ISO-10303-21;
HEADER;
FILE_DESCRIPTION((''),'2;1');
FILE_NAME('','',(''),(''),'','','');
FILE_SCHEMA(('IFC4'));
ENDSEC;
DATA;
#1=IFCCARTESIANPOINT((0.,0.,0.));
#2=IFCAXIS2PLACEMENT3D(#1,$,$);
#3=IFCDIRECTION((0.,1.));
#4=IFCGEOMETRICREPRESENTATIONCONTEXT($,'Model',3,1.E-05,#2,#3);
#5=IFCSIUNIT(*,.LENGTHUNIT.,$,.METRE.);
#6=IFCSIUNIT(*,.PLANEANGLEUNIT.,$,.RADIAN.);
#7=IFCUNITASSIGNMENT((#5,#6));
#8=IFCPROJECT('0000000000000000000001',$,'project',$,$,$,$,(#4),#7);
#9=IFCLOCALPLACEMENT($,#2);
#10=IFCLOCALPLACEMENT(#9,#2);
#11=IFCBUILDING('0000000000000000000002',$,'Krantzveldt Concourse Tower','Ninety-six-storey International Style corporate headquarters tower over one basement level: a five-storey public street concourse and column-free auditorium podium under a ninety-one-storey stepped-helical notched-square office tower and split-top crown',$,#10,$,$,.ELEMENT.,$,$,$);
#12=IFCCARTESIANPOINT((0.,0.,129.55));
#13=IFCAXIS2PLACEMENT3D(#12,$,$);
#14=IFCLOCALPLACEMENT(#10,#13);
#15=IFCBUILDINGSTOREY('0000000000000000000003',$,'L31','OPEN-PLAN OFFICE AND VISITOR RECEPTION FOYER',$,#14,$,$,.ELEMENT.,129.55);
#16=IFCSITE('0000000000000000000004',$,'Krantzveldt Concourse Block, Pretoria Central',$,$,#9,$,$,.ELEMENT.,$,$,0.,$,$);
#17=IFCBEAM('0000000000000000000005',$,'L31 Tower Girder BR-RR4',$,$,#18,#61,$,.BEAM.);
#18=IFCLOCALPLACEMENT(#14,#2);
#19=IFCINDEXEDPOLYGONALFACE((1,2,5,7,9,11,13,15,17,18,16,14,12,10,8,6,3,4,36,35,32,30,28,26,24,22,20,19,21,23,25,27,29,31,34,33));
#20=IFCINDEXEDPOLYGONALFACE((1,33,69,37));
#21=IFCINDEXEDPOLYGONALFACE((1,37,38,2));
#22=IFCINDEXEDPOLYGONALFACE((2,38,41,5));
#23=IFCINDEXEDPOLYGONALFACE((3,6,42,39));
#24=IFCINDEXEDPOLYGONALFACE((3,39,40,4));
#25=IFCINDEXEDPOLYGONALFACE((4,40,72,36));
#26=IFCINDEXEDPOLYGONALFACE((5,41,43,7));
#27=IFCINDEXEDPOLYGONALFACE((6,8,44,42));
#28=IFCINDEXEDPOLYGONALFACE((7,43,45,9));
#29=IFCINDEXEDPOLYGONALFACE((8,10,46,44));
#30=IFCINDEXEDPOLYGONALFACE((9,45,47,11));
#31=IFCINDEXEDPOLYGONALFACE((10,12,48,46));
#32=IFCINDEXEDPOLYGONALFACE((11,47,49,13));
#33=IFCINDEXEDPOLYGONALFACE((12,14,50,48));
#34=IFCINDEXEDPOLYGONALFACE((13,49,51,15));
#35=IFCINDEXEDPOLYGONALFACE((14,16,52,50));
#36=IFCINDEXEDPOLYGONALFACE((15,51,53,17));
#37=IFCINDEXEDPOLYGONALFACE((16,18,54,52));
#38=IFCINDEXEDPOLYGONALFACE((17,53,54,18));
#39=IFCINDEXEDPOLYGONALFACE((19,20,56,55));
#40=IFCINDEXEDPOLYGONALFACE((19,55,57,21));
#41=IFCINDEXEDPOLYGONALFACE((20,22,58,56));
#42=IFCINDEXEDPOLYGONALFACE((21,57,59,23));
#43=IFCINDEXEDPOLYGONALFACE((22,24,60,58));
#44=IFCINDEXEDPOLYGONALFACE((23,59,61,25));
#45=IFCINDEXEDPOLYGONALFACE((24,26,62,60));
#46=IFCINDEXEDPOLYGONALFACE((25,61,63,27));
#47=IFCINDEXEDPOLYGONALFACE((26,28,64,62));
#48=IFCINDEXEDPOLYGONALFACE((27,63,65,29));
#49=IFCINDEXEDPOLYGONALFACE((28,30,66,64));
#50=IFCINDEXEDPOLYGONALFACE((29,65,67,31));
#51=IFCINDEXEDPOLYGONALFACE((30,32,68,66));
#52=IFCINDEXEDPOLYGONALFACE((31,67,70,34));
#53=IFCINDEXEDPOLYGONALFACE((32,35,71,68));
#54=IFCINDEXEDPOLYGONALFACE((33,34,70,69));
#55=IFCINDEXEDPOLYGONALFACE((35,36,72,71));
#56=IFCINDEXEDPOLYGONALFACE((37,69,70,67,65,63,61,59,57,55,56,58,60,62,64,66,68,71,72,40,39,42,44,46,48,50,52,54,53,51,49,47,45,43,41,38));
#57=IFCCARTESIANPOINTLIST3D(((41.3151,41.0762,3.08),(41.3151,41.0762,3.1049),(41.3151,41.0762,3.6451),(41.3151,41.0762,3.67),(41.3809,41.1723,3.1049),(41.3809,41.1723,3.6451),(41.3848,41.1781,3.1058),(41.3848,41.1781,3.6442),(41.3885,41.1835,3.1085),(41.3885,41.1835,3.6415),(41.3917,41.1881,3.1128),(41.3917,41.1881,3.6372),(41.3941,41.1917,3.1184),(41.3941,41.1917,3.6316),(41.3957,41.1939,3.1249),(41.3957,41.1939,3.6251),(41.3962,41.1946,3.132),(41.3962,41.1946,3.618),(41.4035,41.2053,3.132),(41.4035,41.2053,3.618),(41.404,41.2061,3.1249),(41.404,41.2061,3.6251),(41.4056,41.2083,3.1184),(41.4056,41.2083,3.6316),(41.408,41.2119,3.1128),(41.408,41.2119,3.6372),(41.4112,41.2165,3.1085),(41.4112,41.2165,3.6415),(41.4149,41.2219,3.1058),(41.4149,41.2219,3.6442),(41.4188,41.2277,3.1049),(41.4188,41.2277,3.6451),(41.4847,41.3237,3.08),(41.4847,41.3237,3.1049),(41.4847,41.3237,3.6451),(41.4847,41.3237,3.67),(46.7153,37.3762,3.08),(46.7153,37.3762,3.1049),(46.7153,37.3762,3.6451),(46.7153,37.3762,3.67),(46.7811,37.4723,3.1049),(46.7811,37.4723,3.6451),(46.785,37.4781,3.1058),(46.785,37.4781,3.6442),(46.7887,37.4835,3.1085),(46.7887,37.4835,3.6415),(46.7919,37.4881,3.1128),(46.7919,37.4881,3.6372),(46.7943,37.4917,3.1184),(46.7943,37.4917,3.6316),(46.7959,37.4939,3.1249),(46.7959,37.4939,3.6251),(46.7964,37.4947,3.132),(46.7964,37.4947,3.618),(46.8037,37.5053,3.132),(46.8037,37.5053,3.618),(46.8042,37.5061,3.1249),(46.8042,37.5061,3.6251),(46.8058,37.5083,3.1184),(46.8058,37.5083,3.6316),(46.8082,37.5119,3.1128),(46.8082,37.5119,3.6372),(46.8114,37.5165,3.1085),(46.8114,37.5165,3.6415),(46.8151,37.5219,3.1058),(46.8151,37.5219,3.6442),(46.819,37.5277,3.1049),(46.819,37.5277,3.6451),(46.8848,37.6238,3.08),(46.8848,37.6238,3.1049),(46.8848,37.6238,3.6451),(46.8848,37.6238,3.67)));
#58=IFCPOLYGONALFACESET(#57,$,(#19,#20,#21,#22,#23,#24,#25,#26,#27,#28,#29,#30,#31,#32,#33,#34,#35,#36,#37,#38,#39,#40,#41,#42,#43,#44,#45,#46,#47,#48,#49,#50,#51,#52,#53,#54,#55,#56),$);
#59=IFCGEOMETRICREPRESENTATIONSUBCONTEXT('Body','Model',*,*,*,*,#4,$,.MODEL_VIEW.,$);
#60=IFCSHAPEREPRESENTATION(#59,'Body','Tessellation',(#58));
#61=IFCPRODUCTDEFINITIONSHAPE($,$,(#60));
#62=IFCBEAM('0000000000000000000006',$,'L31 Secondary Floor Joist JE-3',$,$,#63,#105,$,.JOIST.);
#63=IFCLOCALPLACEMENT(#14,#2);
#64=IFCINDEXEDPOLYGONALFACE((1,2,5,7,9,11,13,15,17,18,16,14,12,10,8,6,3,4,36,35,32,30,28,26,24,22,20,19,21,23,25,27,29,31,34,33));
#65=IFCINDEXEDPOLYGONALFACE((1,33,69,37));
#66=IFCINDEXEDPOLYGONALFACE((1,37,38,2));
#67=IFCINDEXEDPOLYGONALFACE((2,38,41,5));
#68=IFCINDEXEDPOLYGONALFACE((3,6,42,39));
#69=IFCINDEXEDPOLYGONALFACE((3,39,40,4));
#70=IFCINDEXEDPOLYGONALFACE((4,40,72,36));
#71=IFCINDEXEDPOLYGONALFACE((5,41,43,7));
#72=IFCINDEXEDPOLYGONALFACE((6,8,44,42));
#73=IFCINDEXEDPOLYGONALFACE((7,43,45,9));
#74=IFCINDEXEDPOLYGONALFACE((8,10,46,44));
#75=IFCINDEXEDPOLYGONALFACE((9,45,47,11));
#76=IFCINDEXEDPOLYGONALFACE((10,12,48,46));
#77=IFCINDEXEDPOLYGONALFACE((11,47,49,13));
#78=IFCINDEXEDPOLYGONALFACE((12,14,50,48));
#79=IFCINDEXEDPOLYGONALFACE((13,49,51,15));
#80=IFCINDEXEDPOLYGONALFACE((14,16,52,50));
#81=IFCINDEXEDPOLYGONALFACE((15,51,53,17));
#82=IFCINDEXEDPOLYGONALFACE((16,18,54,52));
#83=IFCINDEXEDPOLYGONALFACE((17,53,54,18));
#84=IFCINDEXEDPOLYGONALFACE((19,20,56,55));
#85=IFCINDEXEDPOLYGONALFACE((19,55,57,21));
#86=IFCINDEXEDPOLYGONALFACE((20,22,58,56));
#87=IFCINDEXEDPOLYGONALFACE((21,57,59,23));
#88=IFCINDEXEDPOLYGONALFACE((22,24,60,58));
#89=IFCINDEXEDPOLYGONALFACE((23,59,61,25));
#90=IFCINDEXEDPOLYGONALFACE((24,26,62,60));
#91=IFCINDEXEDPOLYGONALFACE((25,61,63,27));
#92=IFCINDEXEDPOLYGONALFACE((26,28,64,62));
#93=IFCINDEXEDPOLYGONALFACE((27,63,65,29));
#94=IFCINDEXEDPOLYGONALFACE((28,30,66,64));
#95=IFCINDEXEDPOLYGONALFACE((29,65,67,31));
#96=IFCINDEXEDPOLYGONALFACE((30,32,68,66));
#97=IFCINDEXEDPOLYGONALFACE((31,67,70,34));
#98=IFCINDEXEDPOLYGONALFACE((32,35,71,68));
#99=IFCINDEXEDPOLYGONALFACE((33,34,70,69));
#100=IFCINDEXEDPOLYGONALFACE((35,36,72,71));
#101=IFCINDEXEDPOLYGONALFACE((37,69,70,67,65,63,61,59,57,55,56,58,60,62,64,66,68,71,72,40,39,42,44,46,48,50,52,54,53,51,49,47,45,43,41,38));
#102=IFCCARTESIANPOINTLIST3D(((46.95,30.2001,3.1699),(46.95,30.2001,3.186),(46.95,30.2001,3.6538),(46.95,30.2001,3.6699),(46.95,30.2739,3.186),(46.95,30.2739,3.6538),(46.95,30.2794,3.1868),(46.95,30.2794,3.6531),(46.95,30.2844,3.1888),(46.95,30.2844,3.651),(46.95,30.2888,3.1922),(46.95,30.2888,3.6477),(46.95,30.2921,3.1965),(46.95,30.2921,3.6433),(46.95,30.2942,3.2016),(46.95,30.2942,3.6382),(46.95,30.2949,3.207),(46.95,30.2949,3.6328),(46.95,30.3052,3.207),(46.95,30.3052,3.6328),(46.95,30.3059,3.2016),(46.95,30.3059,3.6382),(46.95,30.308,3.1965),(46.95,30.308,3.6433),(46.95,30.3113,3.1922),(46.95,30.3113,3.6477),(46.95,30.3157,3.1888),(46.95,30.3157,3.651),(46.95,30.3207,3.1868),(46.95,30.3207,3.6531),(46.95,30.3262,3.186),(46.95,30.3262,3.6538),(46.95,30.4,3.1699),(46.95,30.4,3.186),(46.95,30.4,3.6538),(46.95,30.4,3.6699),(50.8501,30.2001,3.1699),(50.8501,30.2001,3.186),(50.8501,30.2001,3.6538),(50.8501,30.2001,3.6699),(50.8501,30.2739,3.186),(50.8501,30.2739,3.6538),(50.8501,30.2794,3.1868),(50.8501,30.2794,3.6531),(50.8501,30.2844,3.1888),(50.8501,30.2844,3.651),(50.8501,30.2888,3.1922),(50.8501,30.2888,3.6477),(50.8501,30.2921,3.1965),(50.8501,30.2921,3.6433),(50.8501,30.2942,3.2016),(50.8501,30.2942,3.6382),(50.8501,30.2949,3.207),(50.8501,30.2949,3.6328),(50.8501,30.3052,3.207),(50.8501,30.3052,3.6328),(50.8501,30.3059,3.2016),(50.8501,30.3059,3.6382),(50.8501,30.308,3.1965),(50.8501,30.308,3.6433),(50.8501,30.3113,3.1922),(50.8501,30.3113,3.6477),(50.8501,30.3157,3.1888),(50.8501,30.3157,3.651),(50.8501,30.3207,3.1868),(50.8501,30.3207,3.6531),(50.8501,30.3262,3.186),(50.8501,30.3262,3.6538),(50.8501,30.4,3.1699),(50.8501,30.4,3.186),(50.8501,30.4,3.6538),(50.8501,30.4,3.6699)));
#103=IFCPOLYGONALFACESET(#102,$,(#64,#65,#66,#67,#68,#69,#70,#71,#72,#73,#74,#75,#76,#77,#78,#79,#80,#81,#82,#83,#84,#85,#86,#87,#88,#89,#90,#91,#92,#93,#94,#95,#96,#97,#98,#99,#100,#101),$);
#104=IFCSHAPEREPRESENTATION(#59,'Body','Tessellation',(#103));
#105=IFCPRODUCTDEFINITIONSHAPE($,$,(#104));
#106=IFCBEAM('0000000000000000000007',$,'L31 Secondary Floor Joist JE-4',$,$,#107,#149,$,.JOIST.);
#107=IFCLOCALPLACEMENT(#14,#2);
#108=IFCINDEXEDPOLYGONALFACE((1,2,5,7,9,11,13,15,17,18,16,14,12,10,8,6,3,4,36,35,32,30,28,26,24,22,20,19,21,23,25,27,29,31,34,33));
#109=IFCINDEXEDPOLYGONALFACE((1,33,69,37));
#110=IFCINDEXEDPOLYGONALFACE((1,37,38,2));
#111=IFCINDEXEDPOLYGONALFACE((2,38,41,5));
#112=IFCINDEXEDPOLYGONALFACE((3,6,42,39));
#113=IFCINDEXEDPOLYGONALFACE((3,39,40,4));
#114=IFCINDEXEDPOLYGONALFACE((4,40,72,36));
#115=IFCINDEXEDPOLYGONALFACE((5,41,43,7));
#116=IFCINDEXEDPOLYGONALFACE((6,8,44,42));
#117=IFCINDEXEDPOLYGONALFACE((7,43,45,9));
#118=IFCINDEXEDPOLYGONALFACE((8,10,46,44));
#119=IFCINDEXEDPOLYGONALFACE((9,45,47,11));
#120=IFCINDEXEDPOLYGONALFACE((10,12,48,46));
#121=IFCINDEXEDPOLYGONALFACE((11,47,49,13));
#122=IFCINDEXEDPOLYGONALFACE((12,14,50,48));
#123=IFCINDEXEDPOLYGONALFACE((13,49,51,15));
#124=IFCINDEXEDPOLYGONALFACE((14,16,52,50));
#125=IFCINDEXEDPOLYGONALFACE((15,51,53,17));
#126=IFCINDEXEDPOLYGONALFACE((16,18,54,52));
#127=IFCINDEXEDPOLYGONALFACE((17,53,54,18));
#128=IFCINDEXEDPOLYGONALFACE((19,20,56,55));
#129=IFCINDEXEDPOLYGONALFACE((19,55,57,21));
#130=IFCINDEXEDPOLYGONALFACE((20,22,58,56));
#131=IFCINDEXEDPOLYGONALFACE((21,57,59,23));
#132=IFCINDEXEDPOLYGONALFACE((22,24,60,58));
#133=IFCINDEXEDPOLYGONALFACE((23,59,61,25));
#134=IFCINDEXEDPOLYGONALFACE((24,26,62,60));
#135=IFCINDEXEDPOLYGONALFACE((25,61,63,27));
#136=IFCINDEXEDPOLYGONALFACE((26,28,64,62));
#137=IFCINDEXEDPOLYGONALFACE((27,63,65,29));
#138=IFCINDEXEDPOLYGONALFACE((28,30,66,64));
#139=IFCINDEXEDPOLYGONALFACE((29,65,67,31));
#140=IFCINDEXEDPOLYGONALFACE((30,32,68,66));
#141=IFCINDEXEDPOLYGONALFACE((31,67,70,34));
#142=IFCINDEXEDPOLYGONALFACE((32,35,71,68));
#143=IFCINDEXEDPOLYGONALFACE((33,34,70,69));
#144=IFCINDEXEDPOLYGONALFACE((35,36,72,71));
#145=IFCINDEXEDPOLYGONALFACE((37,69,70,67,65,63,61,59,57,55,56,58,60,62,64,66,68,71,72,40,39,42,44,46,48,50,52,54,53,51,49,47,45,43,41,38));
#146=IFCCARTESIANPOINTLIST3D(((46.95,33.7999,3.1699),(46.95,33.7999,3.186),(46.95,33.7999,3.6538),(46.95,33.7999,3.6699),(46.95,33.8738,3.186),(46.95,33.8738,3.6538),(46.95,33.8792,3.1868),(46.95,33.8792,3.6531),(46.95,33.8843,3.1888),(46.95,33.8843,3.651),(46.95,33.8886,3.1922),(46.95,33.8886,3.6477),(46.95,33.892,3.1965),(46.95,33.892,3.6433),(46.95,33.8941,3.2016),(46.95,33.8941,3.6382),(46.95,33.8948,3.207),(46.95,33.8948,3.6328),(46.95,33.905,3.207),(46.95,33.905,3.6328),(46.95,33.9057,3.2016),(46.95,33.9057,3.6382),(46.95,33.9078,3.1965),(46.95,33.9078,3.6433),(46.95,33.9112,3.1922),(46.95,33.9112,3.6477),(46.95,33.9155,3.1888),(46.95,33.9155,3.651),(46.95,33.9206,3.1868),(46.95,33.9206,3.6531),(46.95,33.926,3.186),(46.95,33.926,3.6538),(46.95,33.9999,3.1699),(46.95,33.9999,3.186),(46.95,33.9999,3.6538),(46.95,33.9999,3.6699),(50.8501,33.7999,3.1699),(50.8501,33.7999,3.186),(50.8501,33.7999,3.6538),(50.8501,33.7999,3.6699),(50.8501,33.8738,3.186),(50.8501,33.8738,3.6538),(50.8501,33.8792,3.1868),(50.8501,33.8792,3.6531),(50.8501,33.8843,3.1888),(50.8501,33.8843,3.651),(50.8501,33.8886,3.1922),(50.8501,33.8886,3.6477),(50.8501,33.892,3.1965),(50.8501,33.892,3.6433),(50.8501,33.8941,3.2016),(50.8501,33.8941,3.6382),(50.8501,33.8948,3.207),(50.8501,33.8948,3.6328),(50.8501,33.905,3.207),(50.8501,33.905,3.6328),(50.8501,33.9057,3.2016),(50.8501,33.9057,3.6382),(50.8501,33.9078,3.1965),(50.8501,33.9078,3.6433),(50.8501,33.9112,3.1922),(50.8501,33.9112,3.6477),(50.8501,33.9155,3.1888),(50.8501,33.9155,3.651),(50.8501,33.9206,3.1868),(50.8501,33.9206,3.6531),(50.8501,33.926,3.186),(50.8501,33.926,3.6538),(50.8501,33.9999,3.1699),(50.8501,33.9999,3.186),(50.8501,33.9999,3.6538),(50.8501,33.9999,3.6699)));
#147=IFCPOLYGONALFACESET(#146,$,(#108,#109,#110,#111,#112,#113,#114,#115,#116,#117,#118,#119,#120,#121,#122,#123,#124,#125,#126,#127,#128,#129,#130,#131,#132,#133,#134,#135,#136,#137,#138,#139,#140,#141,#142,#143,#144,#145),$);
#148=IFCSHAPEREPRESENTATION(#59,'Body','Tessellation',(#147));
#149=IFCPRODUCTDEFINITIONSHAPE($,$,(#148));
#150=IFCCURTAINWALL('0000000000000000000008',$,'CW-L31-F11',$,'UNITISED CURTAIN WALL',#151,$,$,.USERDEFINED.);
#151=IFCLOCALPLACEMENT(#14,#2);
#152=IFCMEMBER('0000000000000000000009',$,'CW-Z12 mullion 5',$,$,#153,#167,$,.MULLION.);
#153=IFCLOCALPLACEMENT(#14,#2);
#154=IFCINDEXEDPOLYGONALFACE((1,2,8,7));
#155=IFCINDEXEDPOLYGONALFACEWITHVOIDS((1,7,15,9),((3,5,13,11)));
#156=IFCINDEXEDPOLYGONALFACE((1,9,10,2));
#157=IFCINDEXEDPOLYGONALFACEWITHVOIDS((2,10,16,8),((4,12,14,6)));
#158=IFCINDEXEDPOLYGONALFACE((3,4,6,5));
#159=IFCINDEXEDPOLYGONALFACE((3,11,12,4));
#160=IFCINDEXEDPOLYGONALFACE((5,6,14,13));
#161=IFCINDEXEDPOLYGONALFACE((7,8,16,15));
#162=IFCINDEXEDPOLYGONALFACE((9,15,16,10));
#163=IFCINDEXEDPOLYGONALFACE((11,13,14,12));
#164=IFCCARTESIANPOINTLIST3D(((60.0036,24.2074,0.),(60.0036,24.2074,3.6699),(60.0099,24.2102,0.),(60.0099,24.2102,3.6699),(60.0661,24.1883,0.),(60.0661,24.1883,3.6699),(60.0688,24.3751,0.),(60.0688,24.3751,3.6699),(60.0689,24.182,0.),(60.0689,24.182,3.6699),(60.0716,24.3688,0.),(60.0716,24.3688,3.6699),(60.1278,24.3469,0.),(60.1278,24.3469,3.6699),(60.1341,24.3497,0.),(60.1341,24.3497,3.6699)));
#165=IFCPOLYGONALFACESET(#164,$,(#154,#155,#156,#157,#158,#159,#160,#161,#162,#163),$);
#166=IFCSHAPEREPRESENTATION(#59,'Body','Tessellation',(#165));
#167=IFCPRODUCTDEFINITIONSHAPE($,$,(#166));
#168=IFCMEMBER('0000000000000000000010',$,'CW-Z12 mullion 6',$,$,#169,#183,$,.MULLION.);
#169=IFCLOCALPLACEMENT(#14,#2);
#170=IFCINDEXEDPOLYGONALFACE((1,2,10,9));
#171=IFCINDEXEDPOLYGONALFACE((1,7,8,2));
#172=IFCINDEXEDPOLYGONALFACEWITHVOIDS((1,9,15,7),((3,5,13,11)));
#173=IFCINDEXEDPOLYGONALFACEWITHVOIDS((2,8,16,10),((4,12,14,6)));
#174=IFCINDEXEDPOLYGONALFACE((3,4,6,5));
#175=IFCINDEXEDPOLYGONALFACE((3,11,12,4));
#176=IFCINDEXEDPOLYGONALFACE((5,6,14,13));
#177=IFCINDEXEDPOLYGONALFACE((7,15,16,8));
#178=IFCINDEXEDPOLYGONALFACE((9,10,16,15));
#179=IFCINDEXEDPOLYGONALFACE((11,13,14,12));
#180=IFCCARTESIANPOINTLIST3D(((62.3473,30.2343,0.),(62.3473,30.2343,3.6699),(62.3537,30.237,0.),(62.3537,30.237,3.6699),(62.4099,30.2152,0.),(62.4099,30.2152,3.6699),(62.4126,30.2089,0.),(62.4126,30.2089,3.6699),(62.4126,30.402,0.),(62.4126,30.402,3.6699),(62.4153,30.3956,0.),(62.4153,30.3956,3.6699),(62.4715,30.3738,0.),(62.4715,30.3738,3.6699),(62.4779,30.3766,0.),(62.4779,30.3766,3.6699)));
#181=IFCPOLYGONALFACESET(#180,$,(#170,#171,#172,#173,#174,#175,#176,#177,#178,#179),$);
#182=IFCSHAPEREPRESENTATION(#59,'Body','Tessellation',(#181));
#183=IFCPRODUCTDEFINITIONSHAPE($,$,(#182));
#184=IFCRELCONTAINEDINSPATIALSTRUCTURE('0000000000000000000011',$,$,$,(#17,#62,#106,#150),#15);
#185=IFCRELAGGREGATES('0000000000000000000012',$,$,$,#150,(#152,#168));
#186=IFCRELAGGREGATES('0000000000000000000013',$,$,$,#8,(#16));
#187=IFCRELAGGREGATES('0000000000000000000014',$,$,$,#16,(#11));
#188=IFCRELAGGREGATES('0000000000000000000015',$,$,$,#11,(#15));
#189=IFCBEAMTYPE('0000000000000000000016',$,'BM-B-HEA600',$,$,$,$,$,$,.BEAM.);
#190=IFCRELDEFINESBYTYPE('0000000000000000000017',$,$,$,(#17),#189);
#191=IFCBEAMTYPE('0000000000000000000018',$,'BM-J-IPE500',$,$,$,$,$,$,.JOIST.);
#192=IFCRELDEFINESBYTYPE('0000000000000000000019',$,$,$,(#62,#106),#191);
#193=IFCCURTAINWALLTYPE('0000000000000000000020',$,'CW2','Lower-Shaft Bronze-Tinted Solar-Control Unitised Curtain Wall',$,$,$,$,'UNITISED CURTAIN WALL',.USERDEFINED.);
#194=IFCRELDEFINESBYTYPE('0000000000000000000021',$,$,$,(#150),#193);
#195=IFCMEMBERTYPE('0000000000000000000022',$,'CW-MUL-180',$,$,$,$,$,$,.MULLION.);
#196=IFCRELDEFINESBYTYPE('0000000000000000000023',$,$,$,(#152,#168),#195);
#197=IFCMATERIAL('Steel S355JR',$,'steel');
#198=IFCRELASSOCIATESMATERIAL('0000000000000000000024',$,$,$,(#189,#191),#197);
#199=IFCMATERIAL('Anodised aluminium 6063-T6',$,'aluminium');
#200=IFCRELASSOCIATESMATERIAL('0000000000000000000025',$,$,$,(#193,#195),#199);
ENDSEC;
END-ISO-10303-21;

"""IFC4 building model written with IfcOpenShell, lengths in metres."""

from ifc_helpers import new_model, si_unit, direction, frame, origin, origin_2d, place, context, subcontext, project, spatial, hollow_rectangle, i_section, extrude, source, transform, mapped, material, material_profile, profile_set, type_object, type_shapes, element, aggregate, save


model = new_model("IFC4")

# Units and contexts
model_context = context("Model", 3, precision=1e-05, world=origin(), true_north=direction((0.0, 1.0)))
body_context = subcontext(model_context, "Body", "Model", "MODEL_VIEW")
ifc_project = project(units=[si_unit("LENGTHUNIT", "METRE"), si_unit("PLANEANGLEUNIT", "RADIAN")], contexts=[model_context])

# Site, building, storey
site_placement = place(None, origin())
site = spatial("IfcSite", under=ifc_project, at=site_placement, Name="Krantzveldt Concourse Block, Pretoria Central", CompositionType="ELEMENT", RefElevation=0.0)
building_placement = place(site_placement, origin())
building = spatial("IfcBuilding", under=site, at=building_placement, Name="Krantzveldt Concourse Tower", Description="Ninety-six-storey International Style corporate headquarters tower over one basement level: a five-storey public street concourse and column-free auditorium podium under a ninety-one-storey stepped-helical notched-square office tower and split-top crown", CompositionType="ELEMENT")
storey_placement = place(building_placement, frame((0.0, 0.0, 129.55)))
storey = spatial("IfcBuildingStorey", under=building, at=storey_placement, Name="L31", Description="OPEN-PLAN OFFICE AND VISITOR RECEPTION FOYER", CompositionType="ELEMENT", Elevation=129.55)

# Beams
ifc_material_1 = material(Name="Steel S355JR", Category="steel")
ifc_material_profile_1 = material_profile(ifc_material_1, i_section(OverallWidth=0.3, OverallDepth=0.5901, WebThickness=0.0129, FlangeThickness=0.0249, FilletRadius=0.0271, at=origin_2d()), Name="Steel S355JR", Category="steel")
ifc_profile_set_1 = profile_set([ifc_material_profile_1], Name="Steel S355JR - HEA 600")
beam_type_1 = type_object("IfcBeamType", Name="BM-B-HEA600", PredefinedType="BEAM", material=ifc_profile_set_1)
shared_shape_1 = source(origin(), body_context, "Body", "SweptSolid", [
    extrude(i_section(OverallWidth=0.3, OverallDepth=0.5901, WebThickness=0.0129, FlangeThickness=0.0249, FilletRadius=0.0271, at=origin_2d()), origin(), (0.0, 0.0, 1.0), 6.5461),
])
beam_1_placement = place(storey_placement, frame((46.8, 37.5, 3.375), z_axis=(-0.824943, 0.565216, 0.0), x_axis=(-0.565216, -0.824943, 0.0)))
element("IfcBeam", 1, at=beam_1_placement, inside=storey, type_object=beam_type_1, Name="L31 Tower Girder BR-RR4", PredefinedType="BEAM", context=body_context, shape_type="MappedRepresentation", body=[
    mapped(shared_shape_1, transform((0.0, 0.0, 0.0), x_axis=(1.0, 0.0, 0.0), y_axis=(0.0, 1.0, 0.0), z_axis=(0.0, 0.0, 1.0), scale=1.0)),
])
ifc_material_profile_2 = material_profile(ifc_material_1, i_section(OverallWidth=0.2, OverallDepth=0.5, WebThickness=0.0103, FlangeThickness=0.0161, FilletRadius=0.021, at=origin_2d()), Name="Steel S355JR", Category="steel")
ifc_profile_set_2 = profile_set([ifc_material_profile_2], Name="Steel S355JR - IPE 500")
beam_type_2 = type_object("IfcBeamType", Name="BM-J-IPE500", PredefinedType="JOIST", material=ifc_profile_set_2)
shared_shape_2 = source(origin(), body_context, "Body", "SweptSolid", [
    extrude(i_section(OverallWidth=0.2, OverallDepth=0.5, WebThickness=0.0103, FlangeThickness=0.0161, FilletRadius=0.021, at=origin_2d()), origin(), (0.0, 0.0, 1.0), 3.9001),
])
type_shapes(beam_type_2, [shared_shape_2])
for number, where, z_axis, x_axis, name in (
    (2, (46.95, 30.3, 3.4199), (1.0, 0.0, 0.0), (0.0, 1.0, 0.0), "L31 Secondary Floor Joist JE-3"),
    (3, (46.95, 33.8999, 3.4199), (1.0, 0.0, 0.0), (0.0, 1.0, 0.0), "L31 Secondary Floor Joist JE-4"),
):
    element("IfcBeam", number, at=place(storey_placement, frame(where, z_axis=z_axis, x_axis=x_axis)), inside=storey, type_object=beam_type_2, Name=name, PredefinedType="JOIST", context=body_context, shape_type="MappedRepresentation", body=[
        mapped(shared_shape_2, transform((0.0, 0.0, 0.0), x_axis=(1.0, 0.0, 0.0), y_axis=(0.0, 1.0, 0.0), z_axis=(0.0, 0.0, 1.0), scale=1.0)),
    ])

# Curtain wall, members
ifc_material_2 = material(Name="Anodised aluminium 6063-T6", Category="aluminium")
curtain_wall_type = type_object("IfcCurtainWallType", Name="CW2", Description="Lower-Shaft Bronze-Tinted Solar-Control Unitised Curtain Wall", ElementType="UNITISED CURTAIN WALL", PredefinedType="USERDEFINED", material=ifc_material_2)
curtain_wall_1_placement = place(storey_placement, origin())
curtain_wall_1 = element("IfcCurtainWall", 4, at=curtain_wall_1_placement, inside=storey, type_object=curtain_wall_type, Name="CW-L31-F11", ObjectType="UNITISED CURTAIN WALL", PredefinedType="USERDEFINED")
ifc_material_profile_3 = material_profile(ifc_material_2, hollow_rectangle(XDim=0.0701, YDim=0.1799, WallThickness=0.0049, at=origin_2d()), Name="Anodised aluminium 6063-T6", Category="aluminium")
ifc_profile_set_3 = profile_set([ifc_material_profile_3], Name="Anodised aluminium 6063-T6 - ALU-MULL 180x70x5")
member_type_1 = type_object("IfcMemberType", Name="CW-MUL-180", PredefinedType="MULLION", material=ifc_profile_set_3)
shared_shape_3 = source(origin(), body_context, "Body", "SweptSolid", [
    extrude(hollow_rectangle(XDim=0.0701, YDim=0.1799, WallThickness=0.0049, at=origin_2d()), origin(), (0.0, 0.0, 1.0), 3.6699),
])
type_shapes(member_type_1, [shared_shape_3])
member_1_placement = place(storey_placement, frame((60.0688, 24.2786, 0.0), z_axis=(0.0, 0.0, 1.0), x_axis=(-0.932008, 0.362438, 0.0)))
member_1 = element("IfcMember", 5, at=member_1_placement, type_object=member_type_1, Name="CW-Z12 mullion 5", PredefinedType="MULLION", context=body_context, shape_type="MappedRepresentation", body=[
    mapped(shared_shape_3, transform((0.0, 0.0, 0.0), x_axis=(1.0, 0.0, 0.0), y_axis=(0.0, 1.0, 0.0), z_axis=(0.0, 0.0, 1.0), scale=1.0)),
])
member_2_placement = place(storey_placement, frame((62.4126, 30.3054, 0.0), z_axis=(0.0, 0.0, 1.0), x_axis=(-0.932008, 0.362438, 0.0)))
member_2 = element("IfcMember", 6, at=member_2_placement, type_object=member_type_1, Name="CW-Z12 mullion 6", PredefinedType="MULLION", context=body_context, shape_type="MappedRepresentation", body=[
    mapped(shared_shape_3, transform((0.0, 0.0, 0.0), x_axis=(1.0, 0.0, 0.0), y_axis=(0.0, 1.0, 0.0), z_axis=(0.0, 0.0, 1.0), scale=1.0)),
])

aggregate(curtain_wall_1, [member_1, member_2])

save(model, "model.ifc")
